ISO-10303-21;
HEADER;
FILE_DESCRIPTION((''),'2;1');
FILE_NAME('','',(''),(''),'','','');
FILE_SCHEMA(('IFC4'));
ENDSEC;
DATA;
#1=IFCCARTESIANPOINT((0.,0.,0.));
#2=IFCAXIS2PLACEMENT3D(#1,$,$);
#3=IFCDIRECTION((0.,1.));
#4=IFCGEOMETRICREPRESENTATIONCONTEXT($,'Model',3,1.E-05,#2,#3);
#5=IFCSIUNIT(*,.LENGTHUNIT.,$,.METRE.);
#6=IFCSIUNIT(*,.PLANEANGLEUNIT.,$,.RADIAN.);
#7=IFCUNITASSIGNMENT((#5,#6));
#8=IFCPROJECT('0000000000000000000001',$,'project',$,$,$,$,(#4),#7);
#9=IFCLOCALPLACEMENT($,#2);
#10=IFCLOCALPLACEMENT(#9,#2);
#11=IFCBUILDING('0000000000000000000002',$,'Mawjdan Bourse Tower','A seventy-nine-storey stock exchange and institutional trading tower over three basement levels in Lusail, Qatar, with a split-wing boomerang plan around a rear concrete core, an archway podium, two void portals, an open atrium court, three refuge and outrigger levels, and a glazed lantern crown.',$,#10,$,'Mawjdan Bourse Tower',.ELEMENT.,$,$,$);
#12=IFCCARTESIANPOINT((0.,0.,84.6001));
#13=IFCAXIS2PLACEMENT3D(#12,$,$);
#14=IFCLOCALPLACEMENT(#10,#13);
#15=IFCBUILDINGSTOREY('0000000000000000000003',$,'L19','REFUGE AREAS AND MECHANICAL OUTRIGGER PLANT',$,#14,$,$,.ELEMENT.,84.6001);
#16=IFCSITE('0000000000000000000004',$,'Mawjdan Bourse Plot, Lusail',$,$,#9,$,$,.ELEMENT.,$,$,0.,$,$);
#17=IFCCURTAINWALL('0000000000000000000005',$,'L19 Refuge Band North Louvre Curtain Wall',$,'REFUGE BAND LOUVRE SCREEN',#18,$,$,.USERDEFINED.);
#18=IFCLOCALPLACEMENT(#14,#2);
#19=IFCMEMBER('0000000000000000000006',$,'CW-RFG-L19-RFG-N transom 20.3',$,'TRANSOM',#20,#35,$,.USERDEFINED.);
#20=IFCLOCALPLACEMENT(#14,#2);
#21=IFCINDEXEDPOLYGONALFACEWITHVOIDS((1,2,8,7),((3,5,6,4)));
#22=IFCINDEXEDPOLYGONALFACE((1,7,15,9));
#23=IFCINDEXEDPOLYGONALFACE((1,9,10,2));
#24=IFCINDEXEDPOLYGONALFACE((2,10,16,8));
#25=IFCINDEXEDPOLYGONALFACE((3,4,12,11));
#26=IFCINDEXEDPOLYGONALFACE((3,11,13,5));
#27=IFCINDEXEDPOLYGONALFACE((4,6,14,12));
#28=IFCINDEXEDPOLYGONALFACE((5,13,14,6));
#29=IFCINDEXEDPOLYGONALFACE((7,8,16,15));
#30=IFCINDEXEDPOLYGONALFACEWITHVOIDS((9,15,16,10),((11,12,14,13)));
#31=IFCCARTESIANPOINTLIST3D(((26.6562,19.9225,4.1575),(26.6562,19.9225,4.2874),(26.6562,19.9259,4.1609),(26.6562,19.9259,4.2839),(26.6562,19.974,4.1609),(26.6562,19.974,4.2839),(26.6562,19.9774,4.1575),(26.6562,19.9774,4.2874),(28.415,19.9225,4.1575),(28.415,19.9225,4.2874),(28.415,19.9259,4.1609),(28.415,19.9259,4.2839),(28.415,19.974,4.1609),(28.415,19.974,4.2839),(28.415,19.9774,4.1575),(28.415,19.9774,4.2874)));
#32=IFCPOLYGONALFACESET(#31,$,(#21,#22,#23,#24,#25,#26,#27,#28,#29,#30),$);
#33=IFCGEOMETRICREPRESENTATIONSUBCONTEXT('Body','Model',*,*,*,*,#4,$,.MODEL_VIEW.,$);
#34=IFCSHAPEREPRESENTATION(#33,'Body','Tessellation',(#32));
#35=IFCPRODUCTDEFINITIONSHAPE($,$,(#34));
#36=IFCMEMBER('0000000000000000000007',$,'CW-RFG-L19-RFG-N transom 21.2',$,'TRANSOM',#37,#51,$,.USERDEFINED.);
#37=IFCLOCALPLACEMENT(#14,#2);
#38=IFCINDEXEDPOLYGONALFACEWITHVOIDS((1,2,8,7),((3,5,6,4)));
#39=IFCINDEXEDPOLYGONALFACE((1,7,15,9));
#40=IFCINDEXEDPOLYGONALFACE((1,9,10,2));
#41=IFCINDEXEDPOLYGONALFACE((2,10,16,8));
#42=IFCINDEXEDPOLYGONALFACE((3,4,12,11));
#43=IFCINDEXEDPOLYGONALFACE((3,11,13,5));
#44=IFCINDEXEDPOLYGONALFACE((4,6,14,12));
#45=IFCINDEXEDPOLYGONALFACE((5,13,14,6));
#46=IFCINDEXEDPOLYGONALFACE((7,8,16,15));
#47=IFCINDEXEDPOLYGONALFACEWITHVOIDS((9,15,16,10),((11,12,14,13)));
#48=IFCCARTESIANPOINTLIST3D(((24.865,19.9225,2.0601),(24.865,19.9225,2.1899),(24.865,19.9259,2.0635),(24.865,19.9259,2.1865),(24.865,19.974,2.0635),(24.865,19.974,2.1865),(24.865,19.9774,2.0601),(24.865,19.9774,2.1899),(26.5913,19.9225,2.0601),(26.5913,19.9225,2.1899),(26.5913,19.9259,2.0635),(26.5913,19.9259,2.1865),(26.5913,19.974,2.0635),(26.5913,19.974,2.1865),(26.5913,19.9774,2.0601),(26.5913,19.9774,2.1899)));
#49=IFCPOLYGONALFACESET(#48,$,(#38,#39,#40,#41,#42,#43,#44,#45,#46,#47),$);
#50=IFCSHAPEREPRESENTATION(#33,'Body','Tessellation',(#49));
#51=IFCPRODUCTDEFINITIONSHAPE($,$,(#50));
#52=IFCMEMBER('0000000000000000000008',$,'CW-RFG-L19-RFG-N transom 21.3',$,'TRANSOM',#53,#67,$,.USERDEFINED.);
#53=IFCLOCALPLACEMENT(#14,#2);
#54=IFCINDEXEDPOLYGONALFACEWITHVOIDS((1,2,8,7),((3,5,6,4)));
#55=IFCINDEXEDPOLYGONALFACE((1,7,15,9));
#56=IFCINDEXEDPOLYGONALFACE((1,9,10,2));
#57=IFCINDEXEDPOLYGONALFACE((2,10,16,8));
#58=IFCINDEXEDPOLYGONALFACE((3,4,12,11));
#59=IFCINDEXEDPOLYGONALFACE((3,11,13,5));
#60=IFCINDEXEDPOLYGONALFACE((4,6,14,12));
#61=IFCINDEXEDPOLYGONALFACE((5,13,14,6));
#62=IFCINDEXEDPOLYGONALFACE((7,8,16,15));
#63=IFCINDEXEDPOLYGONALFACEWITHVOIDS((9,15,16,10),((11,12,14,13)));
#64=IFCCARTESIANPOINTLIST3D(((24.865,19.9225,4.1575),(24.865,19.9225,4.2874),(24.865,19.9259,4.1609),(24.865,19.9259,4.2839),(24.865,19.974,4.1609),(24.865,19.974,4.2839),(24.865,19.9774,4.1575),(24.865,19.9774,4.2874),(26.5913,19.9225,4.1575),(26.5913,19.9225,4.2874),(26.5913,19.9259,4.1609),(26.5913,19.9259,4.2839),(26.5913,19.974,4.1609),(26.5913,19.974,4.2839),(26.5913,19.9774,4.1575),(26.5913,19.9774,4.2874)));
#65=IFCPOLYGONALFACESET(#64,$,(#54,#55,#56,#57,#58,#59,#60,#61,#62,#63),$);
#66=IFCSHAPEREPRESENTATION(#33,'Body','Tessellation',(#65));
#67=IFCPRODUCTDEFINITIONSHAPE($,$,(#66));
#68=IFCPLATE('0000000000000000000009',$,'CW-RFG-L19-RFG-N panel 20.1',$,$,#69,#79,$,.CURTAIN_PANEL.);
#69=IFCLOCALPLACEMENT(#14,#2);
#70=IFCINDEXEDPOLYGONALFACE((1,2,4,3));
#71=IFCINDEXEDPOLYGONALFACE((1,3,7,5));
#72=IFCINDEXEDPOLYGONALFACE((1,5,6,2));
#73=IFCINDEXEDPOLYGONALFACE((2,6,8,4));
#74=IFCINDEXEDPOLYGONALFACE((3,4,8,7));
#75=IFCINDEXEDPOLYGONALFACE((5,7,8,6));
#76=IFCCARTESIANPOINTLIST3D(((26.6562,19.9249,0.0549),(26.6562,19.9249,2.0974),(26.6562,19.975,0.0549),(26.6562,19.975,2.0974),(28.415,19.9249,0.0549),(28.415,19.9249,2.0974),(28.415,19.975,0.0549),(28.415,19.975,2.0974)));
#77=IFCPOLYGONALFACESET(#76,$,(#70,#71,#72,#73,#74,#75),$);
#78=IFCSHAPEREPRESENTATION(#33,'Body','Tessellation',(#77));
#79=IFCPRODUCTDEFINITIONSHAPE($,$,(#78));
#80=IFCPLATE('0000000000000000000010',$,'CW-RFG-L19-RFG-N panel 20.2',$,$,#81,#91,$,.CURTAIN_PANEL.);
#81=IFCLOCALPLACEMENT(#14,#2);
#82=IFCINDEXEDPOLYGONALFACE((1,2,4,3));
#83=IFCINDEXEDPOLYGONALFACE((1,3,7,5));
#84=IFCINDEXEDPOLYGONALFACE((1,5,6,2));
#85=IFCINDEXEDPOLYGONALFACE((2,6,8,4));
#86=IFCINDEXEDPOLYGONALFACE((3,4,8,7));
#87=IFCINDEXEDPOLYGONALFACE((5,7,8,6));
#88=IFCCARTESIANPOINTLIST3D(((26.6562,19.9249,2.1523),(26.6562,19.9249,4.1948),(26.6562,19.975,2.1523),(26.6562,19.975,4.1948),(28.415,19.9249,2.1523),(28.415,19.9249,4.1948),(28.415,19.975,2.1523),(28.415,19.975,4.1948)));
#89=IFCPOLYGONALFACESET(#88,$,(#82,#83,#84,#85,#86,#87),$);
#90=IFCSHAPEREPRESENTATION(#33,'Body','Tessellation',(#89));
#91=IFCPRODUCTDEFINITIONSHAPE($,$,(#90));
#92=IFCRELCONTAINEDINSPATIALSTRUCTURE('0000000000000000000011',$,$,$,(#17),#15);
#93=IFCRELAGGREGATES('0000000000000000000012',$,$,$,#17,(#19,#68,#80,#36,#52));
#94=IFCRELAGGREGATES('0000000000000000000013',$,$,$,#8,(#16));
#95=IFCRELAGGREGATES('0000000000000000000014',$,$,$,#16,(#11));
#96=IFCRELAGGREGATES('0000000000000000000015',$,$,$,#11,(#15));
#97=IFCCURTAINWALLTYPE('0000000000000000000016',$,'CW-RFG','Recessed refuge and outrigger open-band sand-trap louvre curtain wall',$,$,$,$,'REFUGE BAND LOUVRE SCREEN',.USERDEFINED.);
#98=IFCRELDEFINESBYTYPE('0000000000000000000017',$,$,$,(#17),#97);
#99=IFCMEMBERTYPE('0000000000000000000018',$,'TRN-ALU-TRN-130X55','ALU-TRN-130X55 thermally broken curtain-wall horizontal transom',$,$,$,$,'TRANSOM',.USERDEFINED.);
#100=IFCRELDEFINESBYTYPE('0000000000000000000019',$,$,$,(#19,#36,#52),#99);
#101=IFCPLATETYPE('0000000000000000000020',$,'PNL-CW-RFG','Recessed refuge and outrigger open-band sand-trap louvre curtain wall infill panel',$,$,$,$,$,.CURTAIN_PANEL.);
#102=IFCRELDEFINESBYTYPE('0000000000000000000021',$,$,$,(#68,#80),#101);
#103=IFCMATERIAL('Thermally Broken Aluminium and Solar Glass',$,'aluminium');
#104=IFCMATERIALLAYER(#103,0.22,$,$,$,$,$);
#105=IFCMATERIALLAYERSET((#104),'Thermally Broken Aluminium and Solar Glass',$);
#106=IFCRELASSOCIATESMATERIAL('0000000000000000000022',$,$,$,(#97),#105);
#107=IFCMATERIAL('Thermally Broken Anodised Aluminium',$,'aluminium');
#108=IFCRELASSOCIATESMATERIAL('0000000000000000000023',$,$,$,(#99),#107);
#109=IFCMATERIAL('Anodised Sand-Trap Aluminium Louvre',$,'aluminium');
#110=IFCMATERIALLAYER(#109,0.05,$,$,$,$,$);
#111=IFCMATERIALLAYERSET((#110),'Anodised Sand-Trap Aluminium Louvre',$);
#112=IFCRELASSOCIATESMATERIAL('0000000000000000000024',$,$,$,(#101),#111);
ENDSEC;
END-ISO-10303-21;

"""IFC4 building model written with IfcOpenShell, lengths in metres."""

from ifc_helpers import new_model, si_unit, direction, frame, origin, origin_2d, place, context, subcontext, project, spatial, rectangle, hollow_rectangle, extrude, material, layer, layer_set, material_profile, profile_set, type_object, element, aggregate, save


model = new_model("IFC4")

# Units and contexts
model_context = context("Model", 3, precision=1e-05, world=origin(), true_north=direction((0.0, 1.0)))
body_context = subcontext(model_context, "Body", "Model", "MODEL_VIEW")
ifc_project = project(units=[si_unit("LENGTHUNIT", "METRE"), si_unit("PLANEANGLEUNIT", "RADIAN")], contexts=[model_context])

# Site, building, storey
site_placement = place(None, origin())
site = spatial("IfcSite", under=ifc_project, at=site_placement, Name="Mawjdan Bourse Plot, Lusail", CompositionType="ELEMENT", RefElevation=0.0)
building_placement = place(site_placement, origin())
building = spatial("IfcBuilding", under=site, at=building_placement, Name="Mawjdan Bourse Tower", Description="A seventy-nine-storey stock exchange and institutional trading tower over three basement levels in Lusail, Qatar, with a split-wing boomerang plan around a rear concrete core, an archway podium, two void portals, an open atrium court, three refuge and outrigger levels, and a glazed lantern crown.", LongName="Mawjdan Bourse Tower", CompositionType="ELEMENT")
storey_placement = place(building_placement, frame((0.0, 0.0, 84.6001)))
storey = spatial("IfcBuildingStorey", under=building, at=storey_placement, Name="L19", Description="REFUGE AREAS AND MECHANICAL OUTRIGGER PLANT", CompositionType="ELEMENT", Elevation=84.6001)

# Curtain wall
ifc_material_1 = material(Name="Thermally Broken Aluminium and Solar Glass", Category="aluminium")
ifc_layer_1 = layer(ifc_material_1, 0.22)
ifc_layer_set_1 = layer_set([ifc_layer_1], Name="Thermally Broken Aluminium and Solar Glass")
curtain_wall_type = type_object("IfcCurtainWallType", Name="CW-RFG", Description="Recessed refuge and outrigger open-band sand-trap louvre curtain wall", ElementType="REFUGE BAND LOUVRE SCREEN", PredefinedType="USERDEFINED", material=ifc_layer_set_1)
curtain_wall_placement = place(storey_placement, origin())
curtain_wall = element("IfcCurtainWall", 1, at=curtain_wall_placement, inside=storey, type_object=curtain_wall_type, Name="L19 Refuge Band North Louvre Curtain Wall", ObjectType="REFUGE BAND LOUVRE SCREEN", PredefinedType="USERDEFINED")
ifc_material_2 = material(Name="Thermally Broken Anodised Aluminium", Category="aluminium")

# Members
ifc_material_profile_1 = material_profile(ifc_material_2, hollow_rectangle(XDim=0.0549, YDim=0.1299, WallThickness=0.0034, at=origin_2d()), Name="ALU-TRN-130X55")
ifc_profile_set_1 = profile_set([ifc_material_profile_1], Name="Thermally Broken Anodised Aluminium")
member_type_1 = type_object("IfcMemberType", Name="TRN-ALU-TRN-130X55", Description="ALU-TRN-130X55 thermally broken curtain-wall horizontal transom", ElementType="TRANSOM", PredefinedType="USERDEFINED", material=ifc_profile_set_1)
member_1_placement = place(storey_placement, frame((28.415, 19.95, 4.2224), z_axis=(-1.0, 0.0, 0.0), x_axis=(0.0, -1.0, 0.0)))
member_1 = element("IfcMember", 2, at=member_1_placement, type_object=member_type_1, Name="CW-RFG-L19-RFG-N transom 20.3", ObjectType="TRANSOM", PredefinedType="USERDEFINED", context=body_context, shape_type="SweptSolid", body=[
    extrude(hollow_rectangle(XDim=0.0549, YDim=0.1299, WallThickness=0.0034, at=origin_2d()), origin(), (0.0, 0.0, 1.0), 1.7588),
])
member_2_placement = place(storey_placement, frame((26.5913, 19.95, 2.125), z_axis=(-1.0, 0.0, 0.0), x_axis=(0.0, -1.0, 0.0)))
member_2 = element("IfcMember", 3, at=member_2_placement, type_object=member_type_1, Name="CW-RFG-L19-RFG-N transom 21.2", ObjectType="TRANSOM", PredefinedType="USERDEFINED", context=body_context, shape_type="SweptSolid", body=[
    extrude(hollow_rectangle(XDim=0.0549, YDim=0.1299, WallThickness=0.0034, at=origin_2d()), origin(), (0.0, 0.0, 1.0), 1.7263),
])
member_3_placement = place(storey_placement, frame((26.5913, 19.95, 4.2224), z_axis=(-1.0, 0.0, 0.0), x_axis=(0.0, -1.0, 0.0)))
member_3 = element("IfcMember", 4, at=member_3_placement, type_object=member_type_1, Name="CW-RFG-L19-RFG-N transom 21.3", ObjectType="TRANSOM", PredefinedType="USERDEFINED", context=body_context, shape_type="SweptSolid", body=[
    extrude(hollow_rectangle(XDim=0.0549, YDim=0.1299, WallThickness=0.0034, at=origin_2d()), origin(), (0.0, 0.0, 1.0), 1.7263),
])

# Plates
ifc_material_3 = material(Name="Anodised Sand-Trap Aluminium Louvre", Category="aluminium")
ifc_layer_2 = layer(ifc_material_3, 0.05)
ifc_layer_set_2 = layer_set([ifc_layer_2], Name="Anodised Sand-Trap Aluminium Louvre")
plate_type = type_object("IfcPlateType", Name="PNL-CW-RFG", Description="Recessed refuge and outrigger open-band sand-trap louvre curtain wall infill panel", PredefinedType="CURTAIN_PANEL", material=ifc_layer_set_2)
plate_1_placement = place(storey_placement, frame((27.5356, 19.95, 0.0549), z_axis=(0.0, 0.0, 1.0), x_axis=(-1.0, 0.0, 0.0)))
plate_1 = element("IfcPlate", 5, at=plate_1_placement, type_object=plate_type, Name="CW-RFG-L19-RFG-N panel 20.1", PredefinedType="CURTAIN_PANEL", context=body_context, shape_type="SweptSolid", body=[
    extrude(rectangle(XDim=1.7588, YDim=0.05, at=origin_2d()), origin(), (0.0, 0.0, 1.0), 2.0425),
])
plate_2_placement = place(storey_placement, frame((27.5356, 19.95, 2.1523), z_axis=(0.0, 0.0, 1.0), x_axis=(-1.0, 0.0, 0.0)))
plate_2 = element("IfcPlate", 6, at=plate_2_placement, type_object=plate_type, Name="CW-RFG-L19-RFG-N panel 20.2", PredefinedType="CURTAIN_PANEL", context=body_context, shape_type="SweptSolid", body=[
    extrude(rectangle(XDim=1.7588, YDim=0.05, at=origin_2d()), origin(), (0.0, 0.0, 1.0), 2.0425),
])
aggregate(curtain_wall, [member_1, plate_1, plate_2, member_2, member_3])

save(model, "model.ifc")
